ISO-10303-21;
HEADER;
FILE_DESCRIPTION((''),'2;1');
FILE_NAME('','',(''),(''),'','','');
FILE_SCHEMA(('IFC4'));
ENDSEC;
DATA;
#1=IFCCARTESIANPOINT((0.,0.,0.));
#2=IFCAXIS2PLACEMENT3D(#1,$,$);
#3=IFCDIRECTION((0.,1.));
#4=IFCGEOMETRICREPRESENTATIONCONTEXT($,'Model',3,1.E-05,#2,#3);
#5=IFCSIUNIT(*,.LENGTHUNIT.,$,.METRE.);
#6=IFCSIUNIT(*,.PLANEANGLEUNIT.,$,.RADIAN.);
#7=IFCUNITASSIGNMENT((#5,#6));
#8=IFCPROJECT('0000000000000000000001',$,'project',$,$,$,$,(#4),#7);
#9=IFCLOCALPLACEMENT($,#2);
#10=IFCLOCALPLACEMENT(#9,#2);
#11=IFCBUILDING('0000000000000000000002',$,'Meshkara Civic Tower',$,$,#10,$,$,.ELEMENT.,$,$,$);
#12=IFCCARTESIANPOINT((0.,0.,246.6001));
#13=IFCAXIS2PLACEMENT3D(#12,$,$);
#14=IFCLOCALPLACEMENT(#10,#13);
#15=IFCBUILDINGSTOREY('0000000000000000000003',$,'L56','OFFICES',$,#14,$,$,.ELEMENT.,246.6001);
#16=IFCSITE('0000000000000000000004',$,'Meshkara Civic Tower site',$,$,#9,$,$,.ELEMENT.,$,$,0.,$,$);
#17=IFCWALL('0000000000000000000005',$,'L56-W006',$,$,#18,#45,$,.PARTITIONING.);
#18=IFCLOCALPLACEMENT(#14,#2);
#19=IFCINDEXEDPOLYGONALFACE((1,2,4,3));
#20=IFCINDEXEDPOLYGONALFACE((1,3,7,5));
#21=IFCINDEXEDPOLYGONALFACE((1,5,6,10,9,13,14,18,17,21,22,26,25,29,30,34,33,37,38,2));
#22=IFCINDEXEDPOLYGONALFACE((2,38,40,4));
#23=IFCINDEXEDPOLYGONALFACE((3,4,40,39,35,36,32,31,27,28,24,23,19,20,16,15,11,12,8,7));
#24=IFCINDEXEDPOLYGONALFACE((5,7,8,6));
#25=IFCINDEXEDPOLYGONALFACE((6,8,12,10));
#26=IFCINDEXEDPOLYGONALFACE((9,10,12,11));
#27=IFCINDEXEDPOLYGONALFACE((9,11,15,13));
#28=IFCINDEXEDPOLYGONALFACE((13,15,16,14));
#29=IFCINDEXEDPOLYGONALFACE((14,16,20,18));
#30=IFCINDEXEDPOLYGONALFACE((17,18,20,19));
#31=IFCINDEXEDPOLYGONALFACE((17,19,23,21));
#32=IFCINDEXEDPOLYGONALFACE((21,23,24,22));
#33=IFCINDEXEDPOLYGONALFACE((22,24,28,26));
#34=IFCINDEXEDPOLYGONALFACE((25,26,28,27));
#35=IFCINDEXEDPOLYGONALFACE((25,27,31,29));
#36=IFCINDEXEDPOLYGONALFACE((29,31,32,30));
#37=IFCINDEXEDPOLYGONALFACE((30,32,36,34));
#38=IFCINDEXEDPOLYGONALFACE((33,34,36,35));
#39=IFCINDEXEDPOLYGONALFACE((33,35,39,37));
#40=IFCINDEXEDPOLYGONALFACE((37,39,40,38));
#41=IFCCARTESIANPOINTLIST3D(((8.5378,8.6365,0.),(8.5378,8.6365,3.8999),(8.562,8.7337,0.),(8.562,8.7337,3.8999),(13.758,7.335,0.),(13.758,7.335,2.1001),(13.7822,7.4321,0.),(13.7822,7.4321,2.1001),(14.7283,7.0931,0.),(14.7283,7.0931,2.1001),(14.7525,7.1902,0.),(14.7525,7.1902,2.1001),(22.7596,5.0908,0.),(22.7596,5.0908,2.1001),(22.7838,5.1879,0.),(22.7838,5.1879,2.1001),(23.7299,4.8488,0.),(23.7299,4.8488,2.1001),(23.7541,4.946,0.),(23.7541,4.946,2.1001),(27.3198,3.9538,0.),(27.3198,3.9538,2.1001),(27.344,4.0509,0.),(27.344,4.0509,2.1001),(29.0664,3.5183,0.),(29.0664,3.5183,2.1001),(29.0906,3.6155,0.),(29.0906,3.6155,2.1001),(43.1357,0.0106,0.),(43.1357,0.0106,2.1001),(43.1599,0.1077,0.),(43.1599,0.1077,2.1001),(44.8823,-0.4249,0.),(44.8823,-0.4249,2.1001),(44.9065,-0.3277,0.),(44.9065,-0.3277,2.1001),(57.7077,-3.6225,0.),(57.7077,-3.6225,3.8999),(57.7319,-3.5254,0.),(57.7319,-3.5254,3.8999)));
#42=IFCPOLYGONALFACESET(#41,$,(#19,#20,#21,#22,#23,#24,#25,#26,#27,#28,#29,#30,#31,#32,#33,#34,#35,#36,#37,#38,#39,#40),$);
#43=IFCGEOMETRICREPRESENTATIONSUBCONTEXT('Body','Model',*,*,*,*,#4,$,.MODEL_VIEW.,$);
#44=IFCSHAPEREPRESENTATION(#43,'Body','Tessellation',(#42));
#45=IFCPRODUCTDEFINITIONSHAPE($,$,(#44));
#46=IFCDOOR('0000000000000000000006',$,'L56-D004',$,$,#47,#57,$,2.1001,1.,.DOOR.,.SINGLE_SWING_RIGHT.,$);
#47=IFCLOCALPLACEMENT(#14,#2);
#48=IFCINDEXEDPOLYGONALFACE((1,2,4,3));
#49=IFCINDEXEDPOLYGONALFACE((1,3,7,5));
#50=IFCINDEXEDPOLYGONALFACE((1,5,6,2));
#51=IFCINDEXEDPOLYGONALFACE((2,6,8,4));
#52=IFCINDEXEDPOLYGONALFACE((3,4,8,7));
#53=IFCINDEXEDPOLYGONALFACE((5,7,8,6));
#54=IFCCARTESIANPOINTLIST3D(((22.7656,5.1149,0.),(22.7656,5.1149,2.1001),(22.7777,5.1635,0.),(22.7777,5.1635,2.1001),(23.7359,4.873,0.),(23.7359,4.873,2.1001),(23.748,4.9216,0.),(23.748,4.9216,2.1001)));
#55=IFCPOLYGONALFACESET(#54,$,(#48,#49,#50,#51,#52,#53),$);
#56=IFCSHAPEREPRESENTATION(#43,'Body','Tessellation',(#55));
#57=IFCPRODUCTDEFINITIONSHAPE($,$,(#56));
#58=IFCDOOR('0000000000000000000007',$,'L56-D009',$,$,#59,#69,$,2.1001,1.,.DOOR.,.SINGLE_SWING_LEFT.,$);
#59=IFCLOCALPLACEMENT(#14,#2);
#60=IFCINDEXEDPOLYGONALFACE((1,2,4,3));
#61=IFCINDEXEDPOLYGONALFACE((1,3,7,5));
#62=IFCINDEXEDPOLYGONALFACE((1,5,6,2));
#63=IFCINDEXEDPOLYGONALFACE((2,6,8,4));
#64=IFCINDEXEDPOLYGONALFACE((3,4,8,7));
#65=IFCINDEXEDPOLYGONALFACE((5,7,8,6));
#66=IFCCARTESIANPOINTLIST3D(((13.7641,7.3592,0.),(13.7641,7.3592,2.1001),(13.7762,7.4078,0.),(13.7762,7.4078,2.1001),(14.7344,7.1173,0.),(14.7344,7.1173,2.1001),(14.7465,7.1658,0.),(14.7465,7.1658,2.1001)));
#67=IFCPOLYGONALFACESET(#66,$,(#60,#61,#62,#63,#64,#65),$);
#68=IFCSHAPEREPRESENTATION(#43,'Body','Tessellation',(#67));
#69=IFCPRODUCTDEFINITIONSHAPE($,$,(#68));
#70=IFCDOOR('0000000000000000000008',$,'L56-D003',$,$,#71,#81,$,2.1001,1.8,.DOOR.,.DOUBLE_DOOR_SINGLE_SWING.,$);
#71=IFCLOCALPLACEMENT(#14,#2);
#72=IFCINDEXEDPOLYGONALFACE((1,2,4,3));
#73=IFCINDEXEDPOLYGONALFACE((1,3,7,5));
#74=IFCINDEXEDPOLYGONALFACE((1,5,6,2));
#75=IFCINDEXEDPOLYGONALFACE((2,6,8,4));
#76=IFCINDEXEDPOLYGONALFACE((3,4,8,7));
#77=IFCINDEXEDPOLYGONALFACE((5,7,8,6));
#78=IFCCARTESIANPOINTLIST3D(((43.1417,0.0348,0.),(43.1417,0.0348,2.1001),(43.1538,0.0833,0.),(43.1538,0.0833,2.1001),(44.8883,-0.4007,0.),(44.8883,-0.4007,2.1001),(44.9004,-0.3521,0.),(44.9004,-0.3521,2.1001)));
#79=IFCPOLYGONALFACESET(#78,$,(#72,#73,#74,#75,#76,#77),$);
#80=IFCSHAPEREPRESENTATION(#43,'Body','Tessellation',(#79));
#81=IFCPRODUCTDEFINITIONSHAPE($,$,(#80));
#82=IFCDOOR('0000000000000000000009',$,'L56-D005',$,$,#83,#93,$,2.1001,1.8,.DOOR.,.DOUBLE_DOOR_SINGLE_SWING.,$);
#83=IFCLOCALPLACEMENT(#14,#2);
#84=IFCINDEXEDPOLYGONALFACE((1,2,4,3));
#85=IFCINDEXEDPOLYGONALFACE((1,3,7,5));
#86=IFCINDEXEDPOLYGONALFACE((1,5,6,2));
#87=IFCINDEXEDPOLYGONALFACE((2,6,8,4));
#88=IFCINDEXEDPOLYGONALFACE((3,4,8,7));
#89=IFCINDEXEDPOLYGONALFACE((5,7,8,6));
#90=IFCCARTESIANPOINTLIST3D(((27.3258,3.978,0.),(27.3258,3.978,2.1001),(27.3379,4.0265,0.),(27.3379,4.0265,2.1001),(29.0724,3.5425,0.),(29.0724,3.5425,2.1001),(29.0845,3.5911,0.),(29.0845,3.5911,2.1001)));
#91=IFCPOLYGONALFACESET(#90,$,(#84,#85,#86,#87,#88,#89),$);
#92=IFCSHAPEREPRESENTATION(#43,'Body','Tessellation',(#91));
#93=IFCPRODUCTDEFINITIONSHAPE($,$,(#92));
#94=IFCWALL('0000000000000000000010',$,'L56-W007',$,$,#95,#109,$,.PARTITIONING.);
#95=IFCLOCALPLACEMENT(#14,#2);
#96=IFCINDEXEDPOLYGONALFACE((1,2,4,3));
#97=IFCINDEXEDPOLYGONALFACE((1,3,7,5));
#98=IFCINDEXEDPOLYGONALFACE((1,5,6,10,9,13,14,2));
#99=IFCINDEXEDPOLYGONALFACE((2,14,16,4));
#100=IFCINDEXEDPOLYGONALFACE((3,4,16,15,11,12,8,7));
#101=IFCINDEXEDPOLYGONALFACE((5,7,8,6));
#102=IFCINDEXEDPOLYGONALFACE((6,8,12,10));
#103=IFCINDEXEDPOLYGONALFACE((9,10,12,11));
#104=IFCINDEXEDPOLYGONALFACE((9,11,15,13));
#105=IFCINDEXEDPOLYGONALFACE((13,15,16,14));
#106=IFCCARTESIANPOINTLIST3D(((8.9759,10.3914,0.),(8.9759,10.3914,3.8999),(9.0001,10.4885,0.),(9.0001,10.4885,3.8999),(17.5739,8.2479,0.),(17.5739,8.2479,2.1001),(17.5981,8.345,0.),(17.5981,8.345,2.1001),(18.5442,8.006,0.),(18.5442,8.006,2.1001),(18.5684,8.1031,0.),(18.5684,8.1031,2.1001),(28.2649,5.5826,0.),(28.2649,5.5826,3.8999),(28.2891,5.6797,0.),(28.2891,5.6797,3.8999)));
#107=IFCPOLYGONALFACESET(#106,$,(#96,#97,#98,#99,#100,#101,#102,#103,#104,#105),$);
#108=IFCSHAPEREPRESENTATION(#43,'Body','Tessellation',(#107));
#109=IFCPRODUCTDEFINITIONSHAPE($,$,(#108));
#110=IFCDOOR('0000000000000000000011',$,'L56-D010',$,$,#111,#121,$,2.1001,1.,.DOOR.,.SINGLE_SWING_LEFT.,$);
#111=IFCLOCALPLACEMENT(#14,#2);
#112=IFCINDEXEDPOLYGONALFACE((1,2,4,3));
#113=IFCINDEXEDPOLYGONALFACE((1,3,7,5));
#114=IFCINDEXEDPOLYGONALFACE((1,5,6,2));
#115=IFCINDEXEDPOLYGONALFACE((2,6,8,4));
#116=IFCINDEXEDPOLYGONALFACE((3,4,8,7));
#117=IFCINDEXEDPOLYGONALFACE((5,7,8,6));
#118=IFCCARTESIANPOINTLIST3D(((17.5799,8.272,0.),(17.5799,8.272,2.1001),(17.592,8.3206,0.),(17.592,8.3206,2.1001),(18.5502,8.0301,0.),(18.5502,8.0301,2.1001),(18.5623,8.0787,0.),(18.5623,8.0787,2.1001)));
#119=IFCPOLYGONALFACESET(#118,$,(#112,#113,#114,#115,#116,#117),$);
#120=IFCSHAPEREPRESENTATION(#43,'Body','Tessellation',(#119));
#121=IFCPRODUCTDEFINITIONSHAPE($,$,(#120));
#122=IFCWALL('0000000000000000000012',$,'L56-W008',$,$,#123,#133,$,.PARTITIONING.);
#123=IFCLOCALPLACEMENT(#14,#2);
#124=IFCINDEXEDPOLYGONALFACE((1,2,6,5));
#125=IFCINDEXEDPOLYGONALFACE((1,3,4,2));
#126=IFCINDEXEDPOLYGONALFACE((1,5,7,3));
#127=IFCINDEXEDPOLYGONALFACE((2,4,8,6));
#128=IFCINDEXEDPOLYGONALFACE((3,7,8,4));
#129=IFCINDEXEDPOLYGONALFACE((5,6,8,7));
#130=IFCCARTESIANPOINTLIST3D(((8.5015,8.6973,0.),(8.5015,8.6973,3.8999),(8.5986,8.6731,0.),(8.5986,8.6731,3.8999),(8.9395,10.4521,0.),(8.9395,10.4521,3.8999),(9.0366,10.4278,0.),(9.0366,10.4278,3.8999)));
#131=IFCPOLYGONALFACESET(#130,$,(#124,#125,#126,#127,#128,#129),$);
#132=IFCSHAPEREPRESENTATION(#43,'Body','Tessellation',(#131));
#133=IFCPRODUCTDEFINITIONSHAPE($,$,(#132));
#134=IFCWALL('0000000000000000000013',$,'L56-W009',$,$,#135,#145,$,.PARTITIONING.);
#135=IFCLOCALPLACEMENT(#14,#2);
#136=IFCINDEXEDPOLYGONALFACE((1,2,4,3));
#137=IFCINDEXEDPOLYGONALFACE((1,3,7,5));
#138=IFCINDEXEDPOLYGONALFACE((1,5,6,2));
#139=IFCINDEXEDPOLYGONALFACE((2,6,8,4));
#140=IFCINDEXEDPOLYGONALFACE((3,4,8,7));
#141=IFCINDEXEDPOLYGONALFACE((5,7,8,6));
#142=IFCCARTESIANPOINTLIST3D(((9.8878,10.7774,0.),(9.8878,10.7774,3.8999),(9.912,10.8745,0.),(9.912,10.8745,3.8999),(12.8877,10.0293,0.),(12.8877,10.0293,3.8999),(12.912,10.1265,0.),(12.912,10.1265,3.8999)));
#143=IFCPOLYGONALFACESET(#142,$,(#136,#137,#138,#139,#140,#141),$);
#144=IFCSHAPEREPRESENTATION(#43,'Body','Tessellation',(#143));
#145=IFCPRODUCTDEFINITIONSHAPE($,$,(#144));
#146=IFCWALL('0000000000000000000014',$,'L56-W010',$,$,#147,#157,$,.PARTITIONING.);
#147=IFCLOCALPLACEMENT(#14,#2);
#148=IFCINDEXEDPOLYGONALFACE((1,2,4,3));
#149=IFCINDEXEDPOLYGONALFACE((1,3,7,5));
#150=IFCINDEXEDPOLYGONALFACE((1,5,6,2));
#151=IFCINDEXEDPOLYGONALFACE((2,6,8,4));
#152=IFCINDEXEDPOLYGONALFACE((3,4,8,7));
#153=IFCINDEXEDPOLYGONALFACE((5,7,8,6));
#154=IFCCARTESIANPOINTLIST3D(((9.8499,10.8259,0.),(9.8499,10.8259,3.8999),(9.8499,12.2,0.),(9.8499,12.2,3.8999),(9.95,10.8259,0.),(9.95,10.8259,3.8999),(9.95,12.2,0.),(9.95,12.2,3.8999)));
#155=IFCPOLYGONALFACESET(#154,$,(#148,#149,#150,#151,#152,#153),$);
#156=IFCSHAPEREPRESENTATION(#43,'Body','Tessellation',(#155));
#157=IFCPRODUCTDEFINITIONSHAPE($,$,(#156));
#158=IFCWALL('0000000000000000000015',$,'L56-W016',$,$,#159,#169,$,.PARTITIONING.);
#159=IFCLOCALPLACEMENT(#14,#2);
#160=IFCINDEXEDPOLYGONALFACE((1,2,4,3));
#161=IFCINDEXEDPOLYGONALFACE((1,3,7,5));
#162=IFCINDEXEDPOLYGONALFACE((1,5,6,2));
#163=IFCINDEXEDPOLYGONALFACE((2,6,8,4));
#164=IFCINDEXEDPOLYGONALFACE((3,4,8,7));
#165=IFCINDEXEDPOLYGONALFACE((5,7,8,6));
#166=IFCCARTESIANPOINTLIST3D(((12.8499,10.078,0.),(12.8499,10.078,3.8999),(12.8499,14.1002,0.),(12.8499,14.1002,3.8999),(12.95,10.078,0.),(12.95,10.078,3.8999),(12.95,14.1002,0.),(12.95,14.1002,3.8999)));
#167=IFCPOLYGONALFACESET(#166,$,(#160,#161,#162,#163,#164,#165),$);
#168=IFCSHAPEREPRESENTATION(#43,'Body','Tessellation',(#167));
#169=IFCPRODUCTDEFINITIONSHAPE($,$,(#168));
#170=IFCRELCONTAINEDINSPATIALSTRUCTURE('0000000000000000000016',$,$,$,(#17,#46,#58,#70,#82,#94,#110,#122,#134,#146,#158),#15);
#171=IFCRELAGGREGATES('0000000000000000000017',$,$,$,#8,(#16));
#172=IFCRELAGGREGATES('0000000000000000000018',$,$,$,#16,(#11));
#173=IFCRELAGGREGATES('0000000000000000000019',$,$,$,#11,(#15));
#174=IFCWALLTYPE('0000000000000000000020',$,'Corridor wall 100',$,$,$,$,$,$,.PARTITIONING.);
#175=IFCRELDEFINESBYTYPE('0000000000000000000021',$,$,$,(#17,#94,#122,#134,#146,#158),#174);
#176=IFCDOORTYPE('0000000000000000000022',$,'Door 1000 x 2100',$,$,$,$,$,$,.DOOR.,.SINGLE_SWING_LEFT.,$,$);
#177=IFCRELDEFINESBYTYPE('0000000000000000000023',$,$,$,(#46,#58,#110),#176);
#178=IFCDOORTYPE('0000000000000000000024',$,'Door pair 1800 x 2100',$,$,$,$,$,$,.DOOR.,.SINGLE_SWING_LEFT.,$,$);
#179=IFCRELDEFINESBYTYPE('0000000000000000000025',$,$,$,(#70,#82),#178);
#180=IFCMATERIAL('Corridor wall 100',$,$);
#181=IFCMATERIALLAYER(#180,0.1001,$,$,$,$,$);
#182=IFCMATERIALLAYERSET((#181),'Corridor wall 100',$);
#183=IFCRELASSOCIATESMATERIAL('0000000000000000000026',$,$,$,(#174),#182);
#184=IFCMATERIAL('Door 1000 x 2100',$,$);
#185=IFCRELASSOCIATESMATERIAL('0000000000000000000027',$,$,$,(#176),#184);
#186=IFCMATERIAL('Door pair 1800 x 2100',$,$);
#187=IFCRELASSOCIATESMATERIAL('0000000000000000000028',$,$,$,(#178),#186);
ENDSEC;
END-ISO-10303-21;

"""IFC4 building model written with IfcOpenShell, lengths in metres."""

from ifc_helpers import new_model, si_unit, direction, frame, frame_2d, origin, place, context, subcontext, project, spatial, rectangle, extrude, material, layer, layer_set, type_object, element, fill, save


model = new_model("IFC4")

# Units and contexts
model_context = context("Model", 3, precision=1e-05, world=origin(), true_north=direction((0.0, 1.0)))
body_context = subcontext(model_context, "Body", "Model", "MODEL_VIEW")
ifc_project = project(units=[si_unit("LENGTHUNIT", "METRE"), si_unit("PLANEANGLEUNIT", "RADIAN")], contexts=[model_context])

# Site, building, storey
site_placement = place(None, origin())
site = spatial("IfcSite", under=ifc_project, at=site_placement, Name="Meshkara Civic Tower site", CompositionType="ELEMENT", RefElevation=0.0)
building_placement = place(site_placement, origin())
building = spatial("IfcBuilding", under=site, at=building_placement, Name="Meshkara Civic Tower", CompositionType="ELEMENT")
storey_placement = place(building_placement, frame((0.0, 0.0, 246.6001)))
storey = spatial("IfcBuildingStorey", under=building, at=storey_placement, Name="L56", Description="OFFICES", CompositionType="ELEMENT", Elevation=246.6001)

# Shared definitions
ifc_material_1 = material(Name="Corridor wall 100")
ifc_layer_1 = layer(ifc_material_1, 0.1001)
ifc_layer_set_1 = layer_set([ifc_layer_1], Name="Corridor wall 100")
wall_type_1 = type_object("IfcWallType", Name="Corridor wall 100", PredefinedType="PARTITIONING", material=ifc_layer_set_1)
ifc_material_2 = material(Name="Door 1000 x 2100")
door_type_1 = type_object("IfcDoorType", Name="Door 1000 x 2100", OperationType="SINGLE_SWING_LEFT", PredefinedType="DOOR", material=ifc_material_2)

# Wall, openings, doors
wall_1_placement = place(storey_placement, frame((8.55, 8.6851, 0.0), z_axis=(0.0, 0.0, 1.0), x_axis=(0.970298, -0.241914, 0.0)))
wall_1 = element("IfcWall", 1, at=wall_1_placement, inside=storey, type_object=wall_type_1, Name="L56-W006", PredefinedType="PARTITIONING", context=body_context, shape_type="SweptSolid", body=[
    extrude(rectangle(XDim=50.675, YDim=0.1001, at=frame_2d((25.3374, 0.0))), origin(), (0.0, 0.0, 1.0), 3.8999),
])
opening_1_placement = place(wall_1_placement, frame((35.657, 0.0, 0.0)))
opening_1 = element("IfcOpeningElement", 2, at=opening_1_placement, cuts=wall_1, PredefinedType="OPENING", context=body_context, shape_type="SweptSolid", body=[
    extrude(rectangle(XDim=1.8, YDim=2.1001, at=frame_2d((0.8999, 1.05))), frame((0.0, 0.0601, 0.0), z_axis=(0.0, -1.0, 0.0), x_axis=(1.0, 0.0, 0.0)), (0.0, 0.0, 1.0), 0.1201),
])
opening_2_placement = place(wall_1_placement, frame((14.657, 0.0, 0.0)))
opening_2 = element("IfcOpeningElement", 3, at=opening_2_placement, cuts=wall_1, PredefinedType="OPENING", context=body_context, shape_type="SweptSolid", body=[
    extrude(rectangle(XDim=1.0, YDim=2.1001, at=frame_2d((0.5, 1.05))), frame((0.0, 0.0601, 0.0), z_axis=(0.0, -1.0, 0.0), x_axis=(1.0, 0.0, 0.0)), (0.0, 0.0, 1.0), 0.1201),
])
opening_3_placement = place(wall_1_placement, frame((19.3569, 0.0, 0.0)))
opening_3 = element("IfcOpeningElement", 4, at=opening_3_placement, cuts=wall_1, PredefinedType="OPENING", context=body_context, shape_type="SweptSolid", body=[
    extrude(rectangle(XDim=1.8, YDim=2.1001, at=frame_2d((0.8999, 1.05))), frame((0.0, 0.0601, 0.0), z_axis=(0.0, -1.0, 0.0), x_axis=(1.0, 0.0, 0.0)), (0.0, 0.0, 1.0), 0.1201),
])
opening_4_placement = place(wall_1_placement, frame((5.3799, 0.0, 0.0)))
opening_4 = element("IfcOpeningElement", 5, at=opening_4_placement, cuts=wall_1, PredefinedType="OPENING", context=body_context, shape_type="SweptSolid", body=[
    extrude(rectangle(XDim=1.0, YDim=2.1001, at=frame_2d((0.5, 1.05))), frame((0.0, 0.0601, 0.0), z_axis=(0.0, -1.0, 0.0), x_axis=(1.0, 0.0, 0.0)), (0.0, 0.0, 1.0), 0.1201),
])
door_1_placement = place(opening_2_placement, origin())
door_1 = element("IfcDoor", 6, at=door_1_placement, inside=storey, type_object=door_type_1, Name="L56-D004", OperationType="SINGLE_SWING_RIGHT", OverallHeight=2.1001, OverallWidth=1.0, PredefinedType="DOOR", context=body_context, shape_type="SweptSolid", body=[
    extrude(rectangle(XDim=1.0, YDim=2.1001, at=frame_2d((0.5, 1.05))), frame((0.0, 0.0249, 0.0), z_axis=(0.0, -1.0, 0.0), x_axis=(1.0, 0.0, 0.0)), (0.0, 0.0, 1.0), 0.05),
])
fill(opening_2, door_1)
door_2_placement = place(opening_4_placement, origin())
door_2 = element("IfcDoor", 7, at=door_2_placement, inside=storey, type_object=door_type_1, Name="L56-D009", OperationType="SINGLE_SWING_LEFT", OverallHeight=2.1001, OverallWidth=1.0, PredefinedType="DOOR", context=body_context, shape_type="SweptSolid", body=[
    extrude(rectangle(XDim=1.0, YDim=2.1001, at=frame_2d((0.5, 1.05))), frame((0.0, 0.0249, 0.0), z_axis=(0.0, -1.0, 0.0), x_axis=(1.0, 0.0, 0.0)), (0.0, 0.0, 1.0), 0.05),
])
fill(opening_4, door_2)
ifc_material_3 = material(Name="Door pair 1800 x 2100")
door_type_2 = type_object("IfcDoorType", Name="Door pair 1800 x 2100", OperationType="SINGLE_SWING_LEFT", PredefinedType="DOOR", material=ifc_material_3)
door_3_placement = place(opening_1_placement, origin())
door_3 = element("IfcDoor", 8, at=door_3_placement, inside=storey, type_object=door_type_2, Name="L56-D003", OperationType="DOUBLE_DOOR_SINGLE_SWING", OverallHeight=2.1001, OverallWidth=1.8, PredefinedType="DOOR", context=body_context, shape_type="SweptSolid", body=[
    extrude(rectangle(XDim=1.8, YDim=2.1001, at=frame_2d((0.8999, 1.05))), frame((0.0, 0.0249, 0.0), z_axis=(0.0, -1.0, 0.0), x_axis=(1.0, 0.0, 0.0)), (0.0, 0.0, 1.0), 0.05),
])
fill(opening_1, door_3)
door_4_placement = place(opening_3_placement, origin())
door_4 = element("IfcDoor", 9, at=door_4_placement, inside=storey, type_object=door_type_2, Name="L56-D005", OperationType="DOUBLE_DOOR_SINGLE_SWING", OverallHeight=2.1001, OverallWidth=1.8, PredefinedType="DOOR", context=body_context, shape_type="SweptSolid", body=[
    extrude(rectangle(XDim=1.8, YDim=2.1001, at=frame_2d((0.8999, 1.05))), frame((0.0, 0.0249, 0.0), z_axis=(0.0, -1.0, 0.0), x_axis=(1.0, 0.0, 0.0)), (0.0, 0.0, 1.0), 0.05),
])
fill(opening_3, door_4)

# Wall, opening, door
wall_2_placement = place(storey_placement, frame((8.988, 10.4399, 0.0), z_axis=(0.0, 0.0, 1.0), x_axis=(0.970301, -0.2419, 0.0)))
wall_2 = element("IfcWall", 10, at=wall_2_placement, inside=storey, type_object=wall_type_1, Name="L56-W007", PredefinedType="PARTITIONING", context=body_context, shape_type="SweptSolid", body=[
    extrude(rectangle(XDim=19.8794, YDim=0.1001, at=frame_2d((9.9397, 0.0))), origin(), (0.0, 0.0, 1.0), 3.8999),
])
opening_5_placement = place(wall_2_placement, frame((8.8611, 0.0, 0.0)))
opening_5 = element("IfcOpeningElement", 11, at=opening_5_placement, cuts=wall_2, PredefinedType="OPENING", context=body_context, shape_type="SweptSolid", body=[
    extrude(rectangle(XDim=1.0, YDim=2.1001, at=frame_2d((0.5, 1.05))), frame((0.0, 0.0601, 0.0), z_axis=(0.0, -1.0, 0.0), x_axis=(1.0, 0.0, 0.0)), (0.0, 0.0, 1.0), 0.1201),
])
door_5_placement = place(opening_5_placement, origin())
door_5 = element("IfcDoor", 12, at=door_5_placement, inside=storey, type_object=door_type_1, Name="L56-D010", OperationType="SINGLE_SWING_LEFT", OverallHeight=2.1001, OverallWidth=1.0, PredefinedType="DOOR", context=body_context, shape_type="SweptSolid", body=[
    extrude(rectangle(XDim=1.0, YDim=2.1001, at=frame_2d((0.5, 1.05))), frame((0.0, 0.0249, 0.0), z_axis=(0.0, -1.0, 0.0), x_axis=(1.0, 0.0, 0.0)), (0.0, 0.0, 1.0), 0.05),
])
fill(opening_5, door_5)

# Walls
wall_3_placement = place(storey_placement, frame((8.988, 10.4399, 0.0), z_axis=(0.0, 0.0, 1.0), x_axis=(-0.242154, -0.970238, 0.0)))
element("IfcWall", 13, at=wall_3_placement, inside=storey, type_object=wall_type_1, Name="L56-W008", PredefinedType="PARTITIONING", context=body_context, shape_type="SweptSolid", body=[
    extrude(rectangle(XDim=1.8086, YDim=0.1001, at=frame_2d((0.9043, 0.0))), origin(), (0.0, 0.0, 1.0), 3.8999),
])
wall_4_placement = place(storey_placement, frame((9.8999, 10.8259, 0.0), z_axis=(0.0, 0.0, 1.0), x_axis=(0.970291, -0.241941, 0.0)))
element("IfcWall", 14, at=wall_4_placement, inside=storey, type_object=wall_type_1, Name="L56-W009", PredefinedType="PARTITIONING", context=body_context, shape_type="SweptSolid", body=[
    extrude(rectangle(XDim=3.0918, YDim=0.1001, at=frame_2d((1.5459, 0.0))), origin(), (0.0, 0.0, 1.0), 3.8999),
])
wall_5_placement = place(storey_placement, frame((9.8999, 12.2, 0.0), z_axis=(0.0, 0.0, 1.0), x_axis=(0.0, -1.0, 0.0)))
element("IfcWall", 15, at=wall_5_placement, inside=storey, type_object=wall_type_1, Name="L56-W010", PredefinedType="PARTITIONING", context=body_context, shape_type="SweptSolid", body=[
    extrude(rectangle(XDim=1.374, YDim=0.1001, at=frame_2d((0.687, 0.0))), origin(), (0.0, 0.0, 1.0), 3.8999),
])
wall_6_placement = place(storey_placement, frame((12.8999, 10.0779, 0.0), z_axis=(0.0, 0.0, 1.0), x_axis=(0.0, 1.0, 0.0)))
element("IfcWall", 16, at=wall_6_placement, inside=storey, type_object=wall_type_1, Name="L56-W016", PredefinedType="PARTITIONING", context=body_context, shape_type="SweptSolid", body=[
    extrude(rectangle(XDim=4.0222, YDim=0.1001, at=frame_2d((2.0112, 0.0))), origin(), (0.0, 0.0, 1.0), 3.8999),
])

save(model, "model.ifc")
